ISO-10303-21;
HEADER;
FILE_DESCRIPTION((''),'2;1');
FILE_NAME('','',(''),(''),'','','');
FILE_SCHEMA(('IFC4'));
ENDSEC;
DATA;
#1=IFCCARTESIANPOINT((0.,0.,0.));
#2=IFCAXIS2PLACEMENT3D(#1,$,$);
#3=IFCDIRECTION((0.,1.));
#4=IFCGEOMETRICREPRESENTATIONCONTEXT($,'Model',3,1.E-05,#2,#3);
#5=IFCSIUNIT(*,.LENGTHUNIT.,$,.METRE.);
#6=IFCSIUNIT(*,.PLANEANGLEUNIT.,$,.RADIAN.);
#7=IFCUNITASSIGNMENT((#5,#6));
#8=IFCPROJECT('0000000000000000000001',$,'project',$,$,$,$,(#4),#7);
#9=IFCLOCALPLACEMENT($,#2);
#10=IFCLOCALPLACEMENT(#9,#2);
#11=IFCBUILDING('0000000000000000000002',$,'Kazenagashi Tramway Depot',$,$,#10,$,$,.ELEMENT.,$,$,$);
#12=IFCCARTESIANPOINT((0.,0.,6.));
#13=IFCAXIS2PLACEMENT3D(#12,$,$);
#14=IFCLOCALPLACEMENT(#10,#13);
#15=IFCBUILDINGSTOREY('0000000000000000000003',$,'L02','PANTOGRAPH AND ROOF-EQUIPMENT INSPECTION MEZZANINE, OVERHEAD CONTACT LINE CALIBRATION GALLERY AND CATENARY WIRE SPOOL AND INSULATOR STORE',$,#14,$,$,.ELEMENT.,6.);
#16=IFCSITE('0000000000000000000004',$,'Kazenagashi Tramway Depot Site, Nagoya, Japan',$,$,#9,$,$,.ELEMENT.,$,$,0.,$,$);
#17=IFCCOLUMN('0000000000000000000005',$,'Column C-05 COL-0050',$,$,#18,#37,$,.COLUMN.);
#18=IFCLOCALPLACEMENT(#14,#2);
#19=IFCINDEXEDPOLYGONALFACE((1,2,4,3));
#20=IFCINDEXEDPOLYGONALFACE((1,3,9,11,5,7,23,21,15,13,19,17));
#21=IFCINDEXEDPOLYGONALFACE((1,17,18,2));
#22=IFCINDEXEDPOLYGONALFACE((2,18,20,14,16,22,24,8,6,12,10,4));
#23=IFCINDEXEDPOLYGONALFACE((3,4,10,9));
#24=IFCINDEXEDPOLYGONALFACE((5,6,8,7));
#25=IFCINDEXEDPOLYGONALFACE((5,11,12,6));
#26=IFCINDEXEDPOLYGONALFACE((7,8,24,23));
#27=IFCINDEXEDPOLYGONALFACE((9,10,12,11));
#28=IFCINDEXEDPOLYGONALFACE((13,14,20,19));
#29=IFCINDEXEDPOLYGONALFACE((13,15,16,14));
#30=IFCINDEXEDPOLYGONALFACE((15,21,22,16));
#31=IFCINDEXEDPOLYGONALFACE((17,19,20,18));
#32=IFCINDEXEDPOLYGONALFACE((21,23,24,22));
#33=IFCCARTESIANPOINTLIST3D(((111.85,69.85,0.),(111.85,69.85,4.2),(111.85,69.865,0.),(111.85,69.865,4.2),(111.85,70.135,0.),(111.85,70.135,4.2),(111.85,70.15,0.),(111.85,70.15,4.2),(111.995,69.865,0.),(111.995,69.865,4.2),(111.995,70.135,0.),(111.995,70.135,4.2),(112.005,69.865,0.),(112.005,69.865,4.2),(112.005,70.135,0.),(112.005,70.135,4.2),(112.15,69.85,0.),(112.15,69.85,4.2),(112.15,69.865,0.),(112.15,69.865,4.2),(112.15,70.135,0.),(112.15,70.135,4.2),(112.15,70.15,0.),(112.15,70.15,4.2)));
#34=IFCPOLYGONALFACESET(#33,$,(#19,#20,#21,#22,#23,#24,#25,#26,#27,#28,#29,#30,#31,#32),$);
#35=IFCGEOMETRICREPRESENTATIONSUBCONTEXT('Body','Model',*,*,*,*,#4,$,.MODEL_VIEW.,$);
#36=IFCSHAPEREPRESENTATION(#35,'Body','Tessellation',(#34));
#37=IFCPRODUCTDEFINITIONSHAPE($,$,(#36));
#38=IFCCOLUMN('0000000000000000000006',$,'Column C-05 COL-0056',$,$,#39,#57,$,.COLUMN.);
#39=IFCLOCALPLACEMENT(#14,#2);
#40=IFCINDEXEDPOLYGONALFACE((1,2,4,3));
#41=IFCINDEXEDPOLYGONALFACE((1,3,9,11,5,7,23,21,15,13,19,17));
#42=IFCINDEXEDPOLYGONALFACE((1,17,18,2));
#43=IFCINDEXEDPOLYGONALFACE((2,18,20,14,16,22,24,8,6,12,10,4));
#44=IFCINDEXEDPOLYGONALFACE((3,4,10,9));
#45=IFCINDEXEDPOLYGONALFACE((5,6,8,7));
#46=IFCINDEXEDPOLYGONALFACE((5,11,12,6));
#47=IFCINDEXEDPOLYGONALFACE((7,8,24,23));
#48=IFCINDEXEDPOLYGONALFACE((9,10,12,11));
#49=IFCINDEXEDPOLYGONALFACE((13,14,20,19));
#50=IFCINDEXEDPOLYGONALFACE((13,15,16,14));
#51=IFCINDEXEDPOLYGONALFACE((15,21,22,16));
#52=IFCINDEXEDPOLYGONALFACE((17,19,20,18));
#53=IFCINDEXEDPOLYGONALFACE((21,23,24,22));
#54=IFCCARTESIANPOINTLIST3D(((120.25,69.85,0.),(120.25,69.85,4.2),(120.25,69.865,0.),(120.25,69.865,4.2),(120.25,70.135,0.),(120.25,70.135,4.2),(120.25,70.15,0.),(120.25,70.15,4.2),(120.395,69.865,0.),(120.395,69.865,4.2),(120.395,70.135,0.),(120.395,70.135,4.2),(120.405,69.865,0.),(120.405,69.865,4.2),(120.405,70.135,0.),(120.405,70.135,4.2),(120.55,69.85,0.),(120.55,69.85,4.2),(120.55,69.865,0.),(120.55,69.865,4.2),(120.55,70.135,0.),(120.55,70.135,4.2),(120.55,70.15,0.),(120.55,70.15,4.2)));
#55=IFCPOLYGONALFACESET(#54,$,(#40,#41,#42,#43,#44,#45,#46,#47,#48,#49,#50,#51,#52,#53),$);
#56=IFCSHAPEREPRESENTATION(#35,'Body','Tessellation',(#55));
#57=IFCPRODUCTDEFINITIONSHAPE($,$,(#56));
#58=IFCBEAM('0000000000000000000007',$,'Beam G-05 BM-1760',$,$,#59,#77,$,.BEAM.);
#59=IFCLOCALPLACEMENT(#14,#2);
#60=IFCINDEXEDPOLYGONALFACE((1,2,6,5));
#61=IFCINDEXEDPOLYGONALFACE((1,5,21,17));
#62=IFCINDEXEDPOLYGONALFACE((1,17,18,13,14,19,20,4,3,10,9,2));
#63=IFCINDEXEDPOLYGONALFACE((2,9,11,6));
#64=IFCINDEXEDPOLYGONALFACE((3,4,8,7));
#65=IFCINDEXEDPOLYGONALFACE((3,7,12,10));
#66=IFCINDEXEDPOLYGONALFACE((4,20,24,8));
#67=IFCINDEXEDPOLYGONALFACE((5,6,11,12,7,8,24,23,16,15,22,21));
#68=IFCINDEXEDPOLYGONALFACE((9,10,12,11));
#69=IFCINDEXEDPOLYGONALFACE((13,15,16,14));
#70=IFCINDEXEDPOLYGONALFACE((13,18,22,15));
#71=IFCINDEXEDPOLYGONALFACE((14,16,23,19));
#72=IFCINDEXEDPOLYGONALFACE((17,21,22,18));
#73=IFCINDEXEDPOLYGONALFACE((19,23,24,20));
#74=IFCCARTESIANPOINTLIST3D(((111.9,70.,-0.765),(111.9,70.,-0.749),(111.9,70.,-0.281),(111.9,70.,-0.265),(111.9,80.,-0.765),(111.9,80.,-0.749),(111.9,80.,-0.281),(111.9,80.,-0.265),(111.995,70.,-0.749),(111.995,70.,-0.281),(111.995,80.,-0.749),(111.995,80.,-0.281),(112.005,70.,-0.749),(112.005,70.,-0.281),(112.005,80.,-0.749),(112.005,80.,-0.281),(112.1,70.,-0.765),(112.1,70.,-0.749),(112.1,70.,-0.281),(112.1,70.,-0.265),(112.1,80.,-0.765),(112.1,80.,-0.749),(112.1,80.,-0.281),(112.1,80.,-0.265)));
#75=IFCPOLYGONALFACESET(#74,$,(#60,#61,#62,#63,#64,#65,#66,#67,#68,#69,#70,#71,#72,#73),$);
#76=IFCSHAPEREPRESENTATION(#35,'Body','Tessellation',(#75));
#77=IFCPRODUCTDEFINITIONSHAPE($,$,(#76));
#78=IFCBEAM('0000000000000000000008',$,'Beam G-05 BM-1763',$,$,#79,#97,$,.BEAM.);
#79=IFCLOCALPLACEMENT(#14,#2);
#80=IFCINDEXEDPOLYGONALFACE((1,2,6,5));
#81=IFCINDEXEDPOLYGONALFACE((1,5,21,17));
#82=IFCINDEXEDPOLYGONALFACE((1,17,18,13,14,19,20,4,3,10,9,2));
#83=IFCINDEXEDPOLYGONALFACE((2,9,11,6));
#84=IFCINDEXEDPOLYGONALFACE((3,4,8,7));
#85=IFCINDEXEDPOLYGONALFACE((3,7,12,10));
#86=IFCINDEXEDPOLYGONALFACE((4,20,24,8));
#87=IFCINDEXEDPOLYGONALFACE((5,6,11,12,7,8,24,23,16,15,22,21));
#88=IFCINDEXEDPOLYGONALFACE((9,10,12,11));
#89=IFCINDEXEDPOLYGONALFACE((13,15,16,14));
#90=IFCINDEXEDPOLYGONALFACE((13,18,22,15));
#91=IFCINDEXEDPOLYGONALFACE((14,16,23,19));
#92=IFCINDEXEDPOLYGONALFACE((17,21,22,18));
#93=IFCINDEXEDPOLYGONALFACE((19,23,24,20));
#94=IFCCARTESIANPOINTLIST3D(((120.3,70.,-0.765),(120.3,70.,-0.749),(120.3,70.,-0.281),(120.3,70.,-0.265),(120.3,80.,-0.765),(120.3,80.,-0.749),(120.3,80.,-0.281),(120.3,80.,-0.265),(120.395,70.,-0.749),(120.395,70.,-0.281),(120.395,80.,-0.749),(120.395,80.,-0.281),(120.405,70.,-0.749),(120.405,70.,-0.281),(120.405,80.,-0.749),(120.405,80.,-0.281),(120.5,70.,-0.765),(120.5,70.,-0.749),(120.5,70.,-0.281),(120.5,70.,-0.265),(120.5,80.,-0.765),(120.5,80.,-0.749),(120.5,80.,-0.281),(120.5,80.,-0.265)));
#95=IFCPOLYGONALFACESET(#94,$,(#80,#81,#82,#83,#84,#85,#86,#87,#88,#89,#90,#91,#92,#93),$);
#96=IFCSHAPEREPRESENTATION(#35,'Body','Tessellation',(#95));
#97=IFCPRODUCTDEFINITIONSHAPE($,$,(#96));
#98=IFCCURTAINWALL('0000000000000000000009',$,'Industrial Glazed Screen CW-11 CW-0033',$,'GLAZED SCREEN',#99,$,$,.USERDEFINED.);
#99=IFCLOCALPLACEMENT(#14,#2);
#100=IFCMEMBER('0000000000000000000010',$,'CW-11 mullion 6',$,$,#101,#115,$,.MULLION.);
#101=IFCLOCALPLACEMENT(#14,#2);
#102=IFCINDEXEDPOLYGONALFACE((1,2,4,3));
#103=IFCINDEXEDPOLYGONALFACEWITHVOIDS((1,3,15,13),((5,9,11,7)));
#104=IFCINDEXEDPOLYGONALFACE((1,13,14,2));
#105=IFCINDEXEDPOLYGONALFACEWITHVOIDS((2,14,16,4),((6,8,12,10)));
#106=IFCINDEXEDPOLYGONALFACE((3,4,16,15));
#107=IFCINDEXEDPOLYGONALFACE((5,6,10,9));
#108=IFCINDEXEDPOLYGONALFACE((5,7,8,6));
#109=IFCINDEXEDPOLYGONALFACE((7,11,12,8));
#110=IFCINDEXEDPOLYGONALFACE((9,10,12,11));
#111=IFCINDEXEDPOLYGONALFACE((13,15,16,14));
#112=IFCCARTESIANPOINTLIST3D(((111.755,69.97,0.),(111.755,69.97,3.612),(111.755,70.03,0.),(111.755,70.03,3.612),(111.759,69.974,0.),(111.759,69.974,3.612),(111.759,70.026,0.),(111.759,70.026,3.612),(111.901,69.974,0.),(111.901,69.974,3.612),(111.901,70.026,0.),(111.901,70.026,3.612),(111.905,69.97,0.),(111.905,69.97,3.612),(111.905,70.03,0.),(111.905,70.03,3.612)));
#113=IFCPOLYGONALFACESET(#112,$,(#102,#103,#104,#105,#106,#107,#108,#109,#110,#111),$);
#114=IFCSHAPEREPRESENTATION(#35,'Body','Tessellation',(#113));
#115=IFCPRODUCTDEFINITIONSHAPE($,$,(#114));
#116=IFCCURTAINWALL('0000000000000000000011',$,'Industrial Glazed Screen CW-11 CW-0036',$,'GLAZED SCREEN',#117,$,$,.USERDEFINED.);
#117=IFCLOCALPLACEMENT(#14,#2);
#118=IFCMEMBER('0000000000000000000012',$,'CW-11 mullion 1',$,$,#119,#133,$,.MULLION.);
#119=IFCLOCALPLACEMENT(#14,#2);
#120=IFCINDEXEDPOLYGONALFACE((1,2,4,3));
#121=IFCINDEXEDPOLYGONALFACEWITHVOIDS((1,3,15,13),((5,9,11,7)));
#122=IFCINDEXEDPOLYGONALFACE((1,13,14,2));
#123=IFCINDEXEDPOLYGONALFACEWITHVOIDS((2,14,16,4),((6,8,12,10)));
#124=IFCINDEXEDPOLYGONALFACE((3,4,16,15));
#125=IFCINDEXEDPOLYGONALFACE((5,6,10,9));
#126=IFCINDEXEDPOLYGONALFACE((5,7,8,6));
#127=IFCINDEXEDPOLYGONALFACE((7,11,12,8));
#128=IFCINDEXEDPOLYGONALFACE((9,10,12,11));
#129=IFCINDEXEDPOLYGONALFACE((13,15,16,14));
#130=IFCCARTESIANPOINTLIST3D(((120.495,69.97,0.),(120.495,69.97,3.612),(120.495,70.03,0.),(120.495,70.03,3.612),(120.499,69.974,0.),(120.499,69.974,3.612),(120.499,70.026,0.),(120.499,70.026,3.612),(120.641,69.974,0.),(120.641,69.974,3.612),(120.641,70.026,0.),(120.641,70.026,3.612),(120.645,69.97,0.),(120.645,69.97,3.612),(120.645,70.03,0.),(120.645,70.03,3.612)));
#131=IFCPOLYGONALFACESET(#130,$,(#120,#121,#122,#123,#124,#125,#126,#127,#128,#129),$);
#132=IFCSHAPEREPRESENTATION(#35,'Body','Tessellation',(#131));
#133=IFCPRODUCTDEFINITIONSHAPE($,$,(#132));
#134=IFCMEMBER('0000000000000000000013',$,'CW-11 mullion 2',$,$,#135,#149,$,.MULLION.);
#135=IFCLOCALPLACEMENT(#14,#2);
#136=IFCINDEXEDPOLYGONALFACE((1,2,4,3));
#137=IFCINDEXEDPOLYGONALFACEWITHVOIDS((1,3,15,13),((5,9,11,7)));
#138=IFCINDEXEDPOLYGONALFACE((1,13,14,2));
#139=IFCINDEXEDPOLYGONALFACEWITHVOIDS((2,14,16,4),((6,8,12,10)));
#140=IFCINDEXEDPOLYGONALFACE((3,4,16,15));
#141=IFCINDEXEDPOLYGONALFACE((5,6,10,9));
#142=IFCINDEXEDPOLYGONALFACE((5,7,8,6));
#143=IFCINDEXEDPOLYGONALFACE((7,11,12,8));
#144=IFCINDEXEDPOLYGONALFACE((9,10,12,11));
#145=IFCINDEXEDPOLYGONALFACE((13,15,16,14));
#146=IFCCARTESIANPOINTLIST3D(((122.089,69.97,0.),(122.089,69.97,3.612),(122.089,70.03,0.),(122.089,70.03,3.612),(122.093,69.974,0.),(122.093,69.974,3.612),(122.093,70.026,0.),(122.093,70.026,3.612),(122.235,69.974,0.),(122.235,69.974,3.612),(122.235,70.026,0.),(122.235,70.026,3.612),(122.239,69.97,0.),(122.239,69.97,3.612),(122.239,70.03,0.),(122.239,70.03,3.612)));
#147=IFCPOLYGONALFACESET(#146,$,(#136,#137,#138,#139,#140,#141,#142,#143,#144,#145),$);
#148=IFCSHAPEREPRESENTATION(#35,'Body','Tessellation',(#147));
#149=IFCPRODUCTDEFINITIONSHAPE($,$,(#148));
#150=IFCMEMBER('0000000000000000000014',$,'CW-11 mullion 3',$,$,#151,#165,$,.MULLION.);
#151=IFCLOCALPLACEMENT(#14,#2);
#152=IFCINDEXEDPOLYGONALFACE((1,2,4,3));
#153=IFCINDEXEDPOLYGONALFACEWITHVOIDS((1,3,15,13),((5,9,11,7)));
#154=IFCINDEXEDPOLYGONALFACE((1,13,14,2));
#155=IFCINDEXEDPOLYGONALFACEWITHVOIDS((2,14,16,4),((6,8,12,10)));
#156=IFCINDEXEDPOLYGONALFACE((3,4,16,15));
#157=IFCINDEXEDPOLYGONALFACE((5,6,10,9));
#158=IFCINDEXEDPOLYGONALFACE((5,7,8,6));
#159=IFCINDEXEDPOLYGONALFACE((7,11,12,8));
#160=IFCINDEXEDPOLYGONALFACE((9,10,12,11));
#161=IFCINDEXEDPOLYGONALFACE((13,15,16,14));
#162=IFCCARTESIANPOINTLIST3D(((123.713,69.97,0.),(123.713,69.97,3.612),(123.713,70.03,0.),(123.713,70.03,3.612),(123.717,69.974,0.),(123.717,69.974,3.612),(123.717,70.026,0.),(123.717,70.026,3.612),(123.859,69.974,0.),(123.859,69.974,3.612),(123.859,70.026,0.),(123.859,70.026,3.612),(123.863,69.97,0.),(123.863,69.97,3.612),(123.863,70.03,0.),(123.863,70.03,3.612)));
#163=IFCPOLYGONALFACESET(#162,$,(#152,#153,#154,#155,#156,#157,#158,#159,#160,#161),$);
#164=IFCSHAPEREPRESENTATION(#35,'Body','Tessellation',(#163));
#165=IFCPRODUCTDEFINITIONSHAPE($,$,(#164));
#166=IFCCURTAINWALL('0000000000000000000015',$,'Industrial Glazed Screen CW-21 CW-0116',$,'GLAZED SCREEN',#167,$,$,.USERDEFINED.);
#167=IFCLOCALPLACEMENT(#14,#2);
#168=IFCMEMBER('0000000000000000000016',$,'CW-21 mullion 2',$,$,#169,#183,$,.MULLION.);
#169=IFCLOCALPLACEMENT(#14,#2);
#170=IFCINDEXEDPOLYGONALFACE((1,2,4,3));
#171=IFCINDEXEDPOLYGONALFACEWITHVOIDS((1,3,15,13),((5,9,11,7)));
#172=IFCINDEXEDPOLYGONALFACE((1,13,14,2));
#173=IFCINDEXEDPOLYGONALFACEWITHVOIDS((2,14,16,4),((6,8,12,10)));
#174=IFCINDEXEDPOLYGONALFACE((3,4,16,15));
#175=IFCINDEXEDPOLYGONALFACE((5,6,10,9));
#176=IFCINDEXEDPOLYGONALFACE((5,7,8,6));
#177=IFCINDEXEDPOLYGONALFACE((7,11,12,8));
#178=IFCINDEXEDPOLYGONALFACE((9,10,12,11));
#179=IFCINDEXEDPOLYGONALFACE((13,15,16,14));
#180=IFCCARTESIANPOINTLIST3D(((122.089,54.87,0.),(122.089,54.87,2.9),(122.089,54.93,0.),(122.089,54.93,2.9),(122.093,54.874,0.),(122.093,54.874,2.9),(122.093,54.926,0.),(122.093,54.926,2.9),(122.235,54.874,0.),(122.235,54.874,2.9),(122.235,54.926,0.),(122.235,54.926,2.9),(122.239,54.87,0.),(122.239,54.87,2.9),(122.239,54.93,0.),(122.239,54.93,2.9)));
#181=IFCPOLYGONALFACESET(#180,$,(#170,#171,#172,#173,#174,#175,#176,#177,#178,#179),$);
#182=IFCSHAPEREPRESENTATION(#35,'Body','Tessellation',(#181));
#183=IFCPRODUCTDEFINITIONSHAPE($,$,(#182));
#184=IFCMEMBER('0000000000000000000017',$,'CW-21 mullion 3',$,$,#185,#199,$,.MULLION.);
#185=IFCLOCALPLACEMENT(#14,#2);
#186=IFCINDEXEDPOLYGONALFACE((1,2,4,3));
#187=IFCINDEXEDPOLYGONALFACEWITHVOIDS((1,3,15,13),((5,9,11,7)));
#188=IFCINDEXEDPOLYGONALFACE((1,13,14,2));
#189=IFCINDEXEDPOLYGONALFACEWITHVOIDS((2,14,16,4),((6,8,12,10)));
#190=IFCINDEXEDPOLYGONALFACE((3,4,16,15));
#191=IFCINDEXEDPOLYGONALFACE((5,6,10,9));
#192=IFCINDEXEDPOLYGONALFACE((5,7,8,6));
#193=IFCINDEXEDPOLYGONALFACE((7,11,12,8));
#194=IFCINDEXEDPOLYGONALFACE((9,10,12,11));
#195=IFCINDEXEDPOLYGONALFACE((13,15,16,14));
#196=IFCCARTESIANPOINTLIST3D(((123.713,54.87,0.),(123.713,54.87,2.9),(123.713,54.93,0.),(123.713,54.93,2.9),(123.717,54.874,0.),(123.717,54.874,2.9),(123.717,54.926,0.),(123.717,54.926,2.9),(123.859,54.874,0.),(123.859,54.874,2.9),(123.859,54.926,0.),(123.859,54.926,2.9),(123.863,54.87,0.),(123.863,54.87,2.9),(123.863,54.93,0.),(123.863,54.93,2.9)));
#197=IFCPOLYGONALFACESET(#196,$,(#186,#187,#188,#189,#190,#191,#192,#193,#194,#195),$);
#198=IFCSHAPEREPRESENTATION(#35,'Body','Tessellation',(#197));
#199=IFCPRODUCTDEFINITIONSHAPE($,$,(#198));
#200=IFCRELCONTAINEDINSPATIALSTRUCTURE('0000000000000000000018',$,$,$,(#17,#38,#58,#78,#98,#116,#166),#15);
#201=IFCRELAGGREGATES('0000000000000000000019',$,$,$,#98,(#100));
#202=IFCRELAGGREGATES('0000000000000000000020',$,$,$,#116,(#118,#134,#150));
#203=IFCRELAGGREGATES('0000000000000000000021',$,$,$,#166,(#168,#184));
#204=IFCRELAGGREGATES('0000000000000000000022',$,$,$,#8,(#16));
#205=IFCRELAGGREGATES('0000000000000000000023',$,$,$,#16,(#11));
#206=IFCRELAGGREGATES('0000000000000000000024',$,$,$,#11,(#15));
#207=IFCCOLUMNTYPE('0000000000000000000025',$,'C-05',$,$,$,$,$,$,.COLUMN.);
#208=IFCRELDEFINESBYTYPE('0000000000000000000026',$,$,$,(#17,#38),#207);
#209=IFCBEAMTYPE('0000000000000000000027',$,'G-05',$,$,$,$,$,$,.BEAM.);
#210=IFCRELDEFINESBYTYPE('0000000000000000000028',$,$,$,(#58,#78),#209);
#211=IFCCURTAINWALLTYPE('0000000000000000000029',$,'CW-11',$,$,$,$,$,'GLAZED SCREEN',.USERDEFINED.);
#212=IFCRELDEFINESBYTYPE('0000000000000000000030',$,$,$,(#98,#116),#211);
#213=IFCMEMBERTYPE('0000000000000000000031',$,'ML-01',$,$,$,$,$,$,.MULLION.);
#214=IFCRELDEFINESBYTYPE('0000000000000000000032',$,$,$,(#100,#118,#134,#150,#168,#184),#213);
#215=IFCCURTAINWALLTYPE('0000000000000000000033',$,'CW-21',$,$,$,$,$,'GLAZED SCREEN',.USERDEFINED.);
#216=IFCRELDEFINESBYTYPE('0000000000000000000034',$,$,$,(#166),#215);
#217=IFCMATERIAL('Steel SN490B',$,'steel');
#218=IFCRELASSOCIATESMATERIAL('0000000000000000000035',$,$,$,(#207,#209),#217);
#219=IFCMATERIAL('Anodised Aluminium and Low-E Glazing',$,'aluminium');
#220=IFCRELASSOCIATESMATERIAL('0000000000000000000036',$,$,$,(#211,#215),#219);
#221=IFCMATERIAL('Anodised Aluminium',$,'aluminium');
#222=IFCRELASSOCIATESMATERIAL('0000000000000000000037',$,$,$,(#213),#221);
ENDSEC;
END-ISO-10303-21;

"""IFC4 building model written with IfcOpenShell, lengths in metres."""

from ifc_helpers import new_model, si_unit, direction, frame, origin, origin_2d, place, context, subcontext, project, spatial, hollow_rectangle, i_section, extrude, material, material_profile, profile_set, type_object, element, aggregate, save


model = new_model("IFC4")

# Units and contexts
model_context = context("Model", 3, precision=1e-05, world=origin(), true_north=direction((0.0, 1.0)))
body_context = subcontext(model_context, "Body", "Model", "MODEL_VIEW")
ifc_project = project(units=[si_unit("LENGTHUNIT", "METRE"), si_unit("PLANEANGLEUNIT", "RADIAN")], contexts=[model_context])

# Site, building, storey
site_placement = place(None, origin())
site = spatial("IfcSite", under=ifc_project, at=site_placement, Name="Kazenagashi Tramway Depot Site, Nagoya, Japan", CompositionType="ELEMENT", RefElevation=0.0)
building_placement = place(site_placement, origin())
building = spatial("IfcBuilding", under=site, at=building_placement, Name="Kazenagashi Tramway Depot", CompositionType="ELEMENT")
storey_placement = place(building_placement, frame((0.0, 0.0, 6.0)))
storey = spatial("IfcBuildingStorey", under=building, at=storey_placement, Name="L02", Description="PANTOGRAPH AND ROOF-EQUIPMENT INSPECTION MEZZANINE, OVERHEAD CONTACT LINE CALIBRATION GALLERY AND CATENARY WIRE SPOOL AND INSULATOR STORE", CompositionType="ELEMENT", Elevation=6.0)

# Columns
ifc_material_1 = material(Name="Steel SN490B", Category="steel")
ifc_material_profile_1 = material_profile(ifc_material_1, i_section(OverallWidth=0.3, OverallDepth=0.3, WebThickness=0.01, FlangeThickness=0.015, at=origin_2d()), Name="H-300x300x10x15")
ifc_profile_set_1 = profile_set([ifc_material_profile_1], Name="Steel SN490B")
column_type = type_object("IfcColumnType", Name="C-05", PredefinedType="COLUMN", material=ifc_profile_set_1)
for number, where, z_axis, x_axis, name in (
    (1, (112.0, 70.0, 0.0), (0.0, 0.0, 1.0), (1.0, 0.0, 0.0), "Column C-05 COL-0050"),
    (2, (120.4, 70.0, 0.0), (0.0, 0.0, 1.0), (1.0, 0.0, 0.0), "Column C-05 COL-0056"),
):
    element("IfcColumn", number, at=place(storey_placement, frame(where, z_axis=z_axis, x_axis=x_axis)), inside=storey, type_object=column_type, Name=name, PredefinedType="COLUMN", context=body_context, shape_type="SweptSolid", body=[
        extrude(i_section(OverallWidth=0.3, OverallDepth=0.3, WebThickness=0.01, FlangeThickness=0.015, at=origin_2d()), origin(), (0.0, 0.0, 1.0), 4.2),
    ])

# Beams
ifc_material_profile_2 = material_profile(ifc_material_1, i_section(OverallWidth=0.2, OverallDepth=0.5, WebThickness=0.01, FlangeThickness=0.016, at=origin_2d()), Name="H-500x200x10x16")
ifc_profile_set_2 = profile_set([ifc_material_profile_2], Name="Steel SN490B")
beam_type_1 = type_object("IfcBeamType", Name="G-05", PredefinedType="BEAM", material=ifc_profile_set_2)
for number, where, z_axis, x_axis, name in (
    (3, (112.0, 70.0, -0.515), (0.0, 1.0, 0.0), (-1.0, 0.0, 0.0), "Beam G-05 BM-1760"),
    (4, (120.4, 70.0, -0.515), (0.0, 1.0, 0.0), (-1.0, 0.0, 0.0), "Beam G-05 BM-1763"),
):
    element("IfcBeam", number, at=place(storey_placement, frame(where, z_axis=z_axis, x_axis=x_axis)), inside=storey, type_object=beam_type_1, Name=name, PredefinedType="BEAM", context=body_context, shape_type="SweptSolid", body=[
        extrude(i_section(OverallWidth=0.2, OverallDepth=0.5, WebThickness=0.01, FlangeThickness=0.016, at=origin_2d()), origin(), (0.0, 0.0, 1.0), 10.0),
    ])

# Curtain wall, member
ifc_material_2 = material(Name="Anodised Aluminium and Low-E Glazing", Category="aluminium")
curtain_wall_type_1 = type_object("IfcCurtainWallType", Name="CW-11", ElementType="GLAZED SCREEN", PredefinedType="USERDEFINED", material=ifc_material_2)
curtain_wall_1_placement = place(storey_placement, origin())
curtain_wall_1 = element("IfcCurtainWall", 5, at=curtain_wall_1_placement, inside=storey, type_object=curtain_wall_type_1, Name="Industrial Glazed Screen CW-11 CW-0033", ObjectType="GLAZED SCREEN", PredefinedType="USERDEFINED")
ifc_material_3 = material(Name="Anodised Aluminium", Category="aluminium")
ifc_material_profile_3 = material_profile(ifc_material_3, hollow_rectangle(XDim=0.06, YDim=0.15, WallThickness=0.004, at=origin_2d()), Name="RHS-150x60x4")
ifc_profile_set_3 = profile_set([ifc_material_profile_3], Name="Anodised Aluminium")
member_type_1 = type_object("IfcMemberType", Name="ML-01", PredefinedType="MULLION", material=ifc_profile_set_3)
member_1_placement = place(storey_placement, frame((111.83, 70.0, 0.0), z_axis=(0.0, 0.0, 1.0), x_axis=(0.0, 1.0, 0.0)))
member_1 = element("IfcMember", 6, at=member_1_placement, type_object=member_type_1, Name="CW-11 mullion 6", PredefinedType="MULLION", context=body_context, shape_type="SweptSolid", body=[
    extrude(hollow_rectangle(XDim=0.06, YDim=0.15, WallThickness=0.004, at=origin_2d()), origin(), (0.0, 0.0, 1.0), 3.612),
])
aggregate(curtain_wall_1, [member_1])

# Curtain walls, members
curtain_wall_2_placement = place(storey_placement, origin())
curtain_wall_2 = element("IfcCurtainWall", 7, at=curtain_wall_2_placement, inside=storey, type_object=curtain_wall_type_1, Name="Industrial Glazed Screen CW-11 CW-0036", ObjectType="GLAZED SCREEN", PredefinedType="USERDEFINED")
member_2_placement = place(storey_placement, frame((120.57, 70.0, 0.0), z_axis=(0.0, 0.0, 1.0), x_axis=(0.0, 1.0, 0.0)))
member_2 = element("IfcMember", 8, at=member_2_placement, type_object=member_type_1, Name="CW-11 mullion 1", PredefinedType="MULLION", context=body_context, shape_type="SweptSolid", body=[
    extrude(hollow_rectangle(XDim=0.06, YDim=0.15, WallThickness=0.004, at=origin_2d()), origin(), (0.0, 0.0, 1.0), 3.612),
])
member_3_placement = place(storey_placement, frame((122.164, 70.0, 0.0), z_axis=(0.0, 0.0, 1.0), x_axis=(0.0, 1.0, 0.0)))
member_3 = element("IfcMember", 9, at=member_3_placement, type_object=member_type_1, Name="CW-11 mullion 2", PredefinedType="MULLION", context=body_context, shape_type="SweptSolid", body=[
    extrude(hollow_rectangle(XDim=0.06, YDim=0.15, WallThickness=0.004, at=origin_2d()), origin(), (0.0, 0.0, 1.0), 3.612),
])
member_4_placement = place(storey_placement, frame((123.788, 70.0, 0.0), z_axis=(0.0, 0.0, 1.0), x_axis=(0.0, 1.0, 0.0)))
member_4 = element("IfcMember", 10, at=member_4_placement, type_object=member_type_1, Name="CW-11 mullion 3", PredefinedType="MULLION", context=body_context, shape_type="SweptSolid", body=[
    extrude(hollow_rectangle(XDim=0.06, YDim=0.15, WallThickness=0.004, at=origin_2d()), origin(), (0.0, 0.0, 1.0), 3.612),
])
curtain_wall_type_2 = type_object("IfcCurtainWallType", Name="CW-21", ElementType="GLAZED SCREEN", PredefinedType="USERDEFINED", material=ifc_material_2)
curtain_wall_3_placement = place(storey_placement, origin())
curtain_wall_3 = element("IfcCurtainWall", 11, at=curtain_wall_3_placement, inside=storey, type_object=curtain_wall_type_2, Name="Industrial Glazed Screen CW-21 CW-0116", ObjectType="GLAZED SCREEN", PredefinedType="USERDEFINED")
member_5_placement = place(storey_placement, frame((122.164, 54.9, 0.0), z_axis=(0.0, 0.0, 1.0), x_axis=(0.0, 1.0, 0.0)))
member_5 = element("IfcMember", 12, at=member_5_placement, type_object=member_type_1, Name="CW-21 mullion 2", PredefinedType="MULLION", context=body_context, shape_type="SweptSolid", body=[
    extrude(hollow_rectangle(XDim=0.06, YDim=0.15, WallThickness=0.004, at=origin_2d()), origin(), (0.0, 0.0, 1.0), 2.9),
])
member_6_placement = place(storey_placement, frame((123.788, 54.9, 0.0), z_axis=(0.0, 0.0, 1.0), x_axis=(0.0, 1.0, 0.0)))
member_6 = element("IfcMember", 13, at=member_6_placement, type_object=member_type_1, Name="CW-21 mullion 3", PredefinedType="MULLION", context=body_context, shape_type="SweptSolid", body=[
    extrude(hollow_rectangle(XDim=0.06, YDim=0.15, WallThickness=0.004, at=origin_2d()), origin(), (0.0, 0.0, 1.0), 2.9),
])

aggregate(curtain_wall_2, [member_2, member_3, member_4])
aggregate(curtain_wall_3, [member_5, member_6])

save(model, "model.ifc")
